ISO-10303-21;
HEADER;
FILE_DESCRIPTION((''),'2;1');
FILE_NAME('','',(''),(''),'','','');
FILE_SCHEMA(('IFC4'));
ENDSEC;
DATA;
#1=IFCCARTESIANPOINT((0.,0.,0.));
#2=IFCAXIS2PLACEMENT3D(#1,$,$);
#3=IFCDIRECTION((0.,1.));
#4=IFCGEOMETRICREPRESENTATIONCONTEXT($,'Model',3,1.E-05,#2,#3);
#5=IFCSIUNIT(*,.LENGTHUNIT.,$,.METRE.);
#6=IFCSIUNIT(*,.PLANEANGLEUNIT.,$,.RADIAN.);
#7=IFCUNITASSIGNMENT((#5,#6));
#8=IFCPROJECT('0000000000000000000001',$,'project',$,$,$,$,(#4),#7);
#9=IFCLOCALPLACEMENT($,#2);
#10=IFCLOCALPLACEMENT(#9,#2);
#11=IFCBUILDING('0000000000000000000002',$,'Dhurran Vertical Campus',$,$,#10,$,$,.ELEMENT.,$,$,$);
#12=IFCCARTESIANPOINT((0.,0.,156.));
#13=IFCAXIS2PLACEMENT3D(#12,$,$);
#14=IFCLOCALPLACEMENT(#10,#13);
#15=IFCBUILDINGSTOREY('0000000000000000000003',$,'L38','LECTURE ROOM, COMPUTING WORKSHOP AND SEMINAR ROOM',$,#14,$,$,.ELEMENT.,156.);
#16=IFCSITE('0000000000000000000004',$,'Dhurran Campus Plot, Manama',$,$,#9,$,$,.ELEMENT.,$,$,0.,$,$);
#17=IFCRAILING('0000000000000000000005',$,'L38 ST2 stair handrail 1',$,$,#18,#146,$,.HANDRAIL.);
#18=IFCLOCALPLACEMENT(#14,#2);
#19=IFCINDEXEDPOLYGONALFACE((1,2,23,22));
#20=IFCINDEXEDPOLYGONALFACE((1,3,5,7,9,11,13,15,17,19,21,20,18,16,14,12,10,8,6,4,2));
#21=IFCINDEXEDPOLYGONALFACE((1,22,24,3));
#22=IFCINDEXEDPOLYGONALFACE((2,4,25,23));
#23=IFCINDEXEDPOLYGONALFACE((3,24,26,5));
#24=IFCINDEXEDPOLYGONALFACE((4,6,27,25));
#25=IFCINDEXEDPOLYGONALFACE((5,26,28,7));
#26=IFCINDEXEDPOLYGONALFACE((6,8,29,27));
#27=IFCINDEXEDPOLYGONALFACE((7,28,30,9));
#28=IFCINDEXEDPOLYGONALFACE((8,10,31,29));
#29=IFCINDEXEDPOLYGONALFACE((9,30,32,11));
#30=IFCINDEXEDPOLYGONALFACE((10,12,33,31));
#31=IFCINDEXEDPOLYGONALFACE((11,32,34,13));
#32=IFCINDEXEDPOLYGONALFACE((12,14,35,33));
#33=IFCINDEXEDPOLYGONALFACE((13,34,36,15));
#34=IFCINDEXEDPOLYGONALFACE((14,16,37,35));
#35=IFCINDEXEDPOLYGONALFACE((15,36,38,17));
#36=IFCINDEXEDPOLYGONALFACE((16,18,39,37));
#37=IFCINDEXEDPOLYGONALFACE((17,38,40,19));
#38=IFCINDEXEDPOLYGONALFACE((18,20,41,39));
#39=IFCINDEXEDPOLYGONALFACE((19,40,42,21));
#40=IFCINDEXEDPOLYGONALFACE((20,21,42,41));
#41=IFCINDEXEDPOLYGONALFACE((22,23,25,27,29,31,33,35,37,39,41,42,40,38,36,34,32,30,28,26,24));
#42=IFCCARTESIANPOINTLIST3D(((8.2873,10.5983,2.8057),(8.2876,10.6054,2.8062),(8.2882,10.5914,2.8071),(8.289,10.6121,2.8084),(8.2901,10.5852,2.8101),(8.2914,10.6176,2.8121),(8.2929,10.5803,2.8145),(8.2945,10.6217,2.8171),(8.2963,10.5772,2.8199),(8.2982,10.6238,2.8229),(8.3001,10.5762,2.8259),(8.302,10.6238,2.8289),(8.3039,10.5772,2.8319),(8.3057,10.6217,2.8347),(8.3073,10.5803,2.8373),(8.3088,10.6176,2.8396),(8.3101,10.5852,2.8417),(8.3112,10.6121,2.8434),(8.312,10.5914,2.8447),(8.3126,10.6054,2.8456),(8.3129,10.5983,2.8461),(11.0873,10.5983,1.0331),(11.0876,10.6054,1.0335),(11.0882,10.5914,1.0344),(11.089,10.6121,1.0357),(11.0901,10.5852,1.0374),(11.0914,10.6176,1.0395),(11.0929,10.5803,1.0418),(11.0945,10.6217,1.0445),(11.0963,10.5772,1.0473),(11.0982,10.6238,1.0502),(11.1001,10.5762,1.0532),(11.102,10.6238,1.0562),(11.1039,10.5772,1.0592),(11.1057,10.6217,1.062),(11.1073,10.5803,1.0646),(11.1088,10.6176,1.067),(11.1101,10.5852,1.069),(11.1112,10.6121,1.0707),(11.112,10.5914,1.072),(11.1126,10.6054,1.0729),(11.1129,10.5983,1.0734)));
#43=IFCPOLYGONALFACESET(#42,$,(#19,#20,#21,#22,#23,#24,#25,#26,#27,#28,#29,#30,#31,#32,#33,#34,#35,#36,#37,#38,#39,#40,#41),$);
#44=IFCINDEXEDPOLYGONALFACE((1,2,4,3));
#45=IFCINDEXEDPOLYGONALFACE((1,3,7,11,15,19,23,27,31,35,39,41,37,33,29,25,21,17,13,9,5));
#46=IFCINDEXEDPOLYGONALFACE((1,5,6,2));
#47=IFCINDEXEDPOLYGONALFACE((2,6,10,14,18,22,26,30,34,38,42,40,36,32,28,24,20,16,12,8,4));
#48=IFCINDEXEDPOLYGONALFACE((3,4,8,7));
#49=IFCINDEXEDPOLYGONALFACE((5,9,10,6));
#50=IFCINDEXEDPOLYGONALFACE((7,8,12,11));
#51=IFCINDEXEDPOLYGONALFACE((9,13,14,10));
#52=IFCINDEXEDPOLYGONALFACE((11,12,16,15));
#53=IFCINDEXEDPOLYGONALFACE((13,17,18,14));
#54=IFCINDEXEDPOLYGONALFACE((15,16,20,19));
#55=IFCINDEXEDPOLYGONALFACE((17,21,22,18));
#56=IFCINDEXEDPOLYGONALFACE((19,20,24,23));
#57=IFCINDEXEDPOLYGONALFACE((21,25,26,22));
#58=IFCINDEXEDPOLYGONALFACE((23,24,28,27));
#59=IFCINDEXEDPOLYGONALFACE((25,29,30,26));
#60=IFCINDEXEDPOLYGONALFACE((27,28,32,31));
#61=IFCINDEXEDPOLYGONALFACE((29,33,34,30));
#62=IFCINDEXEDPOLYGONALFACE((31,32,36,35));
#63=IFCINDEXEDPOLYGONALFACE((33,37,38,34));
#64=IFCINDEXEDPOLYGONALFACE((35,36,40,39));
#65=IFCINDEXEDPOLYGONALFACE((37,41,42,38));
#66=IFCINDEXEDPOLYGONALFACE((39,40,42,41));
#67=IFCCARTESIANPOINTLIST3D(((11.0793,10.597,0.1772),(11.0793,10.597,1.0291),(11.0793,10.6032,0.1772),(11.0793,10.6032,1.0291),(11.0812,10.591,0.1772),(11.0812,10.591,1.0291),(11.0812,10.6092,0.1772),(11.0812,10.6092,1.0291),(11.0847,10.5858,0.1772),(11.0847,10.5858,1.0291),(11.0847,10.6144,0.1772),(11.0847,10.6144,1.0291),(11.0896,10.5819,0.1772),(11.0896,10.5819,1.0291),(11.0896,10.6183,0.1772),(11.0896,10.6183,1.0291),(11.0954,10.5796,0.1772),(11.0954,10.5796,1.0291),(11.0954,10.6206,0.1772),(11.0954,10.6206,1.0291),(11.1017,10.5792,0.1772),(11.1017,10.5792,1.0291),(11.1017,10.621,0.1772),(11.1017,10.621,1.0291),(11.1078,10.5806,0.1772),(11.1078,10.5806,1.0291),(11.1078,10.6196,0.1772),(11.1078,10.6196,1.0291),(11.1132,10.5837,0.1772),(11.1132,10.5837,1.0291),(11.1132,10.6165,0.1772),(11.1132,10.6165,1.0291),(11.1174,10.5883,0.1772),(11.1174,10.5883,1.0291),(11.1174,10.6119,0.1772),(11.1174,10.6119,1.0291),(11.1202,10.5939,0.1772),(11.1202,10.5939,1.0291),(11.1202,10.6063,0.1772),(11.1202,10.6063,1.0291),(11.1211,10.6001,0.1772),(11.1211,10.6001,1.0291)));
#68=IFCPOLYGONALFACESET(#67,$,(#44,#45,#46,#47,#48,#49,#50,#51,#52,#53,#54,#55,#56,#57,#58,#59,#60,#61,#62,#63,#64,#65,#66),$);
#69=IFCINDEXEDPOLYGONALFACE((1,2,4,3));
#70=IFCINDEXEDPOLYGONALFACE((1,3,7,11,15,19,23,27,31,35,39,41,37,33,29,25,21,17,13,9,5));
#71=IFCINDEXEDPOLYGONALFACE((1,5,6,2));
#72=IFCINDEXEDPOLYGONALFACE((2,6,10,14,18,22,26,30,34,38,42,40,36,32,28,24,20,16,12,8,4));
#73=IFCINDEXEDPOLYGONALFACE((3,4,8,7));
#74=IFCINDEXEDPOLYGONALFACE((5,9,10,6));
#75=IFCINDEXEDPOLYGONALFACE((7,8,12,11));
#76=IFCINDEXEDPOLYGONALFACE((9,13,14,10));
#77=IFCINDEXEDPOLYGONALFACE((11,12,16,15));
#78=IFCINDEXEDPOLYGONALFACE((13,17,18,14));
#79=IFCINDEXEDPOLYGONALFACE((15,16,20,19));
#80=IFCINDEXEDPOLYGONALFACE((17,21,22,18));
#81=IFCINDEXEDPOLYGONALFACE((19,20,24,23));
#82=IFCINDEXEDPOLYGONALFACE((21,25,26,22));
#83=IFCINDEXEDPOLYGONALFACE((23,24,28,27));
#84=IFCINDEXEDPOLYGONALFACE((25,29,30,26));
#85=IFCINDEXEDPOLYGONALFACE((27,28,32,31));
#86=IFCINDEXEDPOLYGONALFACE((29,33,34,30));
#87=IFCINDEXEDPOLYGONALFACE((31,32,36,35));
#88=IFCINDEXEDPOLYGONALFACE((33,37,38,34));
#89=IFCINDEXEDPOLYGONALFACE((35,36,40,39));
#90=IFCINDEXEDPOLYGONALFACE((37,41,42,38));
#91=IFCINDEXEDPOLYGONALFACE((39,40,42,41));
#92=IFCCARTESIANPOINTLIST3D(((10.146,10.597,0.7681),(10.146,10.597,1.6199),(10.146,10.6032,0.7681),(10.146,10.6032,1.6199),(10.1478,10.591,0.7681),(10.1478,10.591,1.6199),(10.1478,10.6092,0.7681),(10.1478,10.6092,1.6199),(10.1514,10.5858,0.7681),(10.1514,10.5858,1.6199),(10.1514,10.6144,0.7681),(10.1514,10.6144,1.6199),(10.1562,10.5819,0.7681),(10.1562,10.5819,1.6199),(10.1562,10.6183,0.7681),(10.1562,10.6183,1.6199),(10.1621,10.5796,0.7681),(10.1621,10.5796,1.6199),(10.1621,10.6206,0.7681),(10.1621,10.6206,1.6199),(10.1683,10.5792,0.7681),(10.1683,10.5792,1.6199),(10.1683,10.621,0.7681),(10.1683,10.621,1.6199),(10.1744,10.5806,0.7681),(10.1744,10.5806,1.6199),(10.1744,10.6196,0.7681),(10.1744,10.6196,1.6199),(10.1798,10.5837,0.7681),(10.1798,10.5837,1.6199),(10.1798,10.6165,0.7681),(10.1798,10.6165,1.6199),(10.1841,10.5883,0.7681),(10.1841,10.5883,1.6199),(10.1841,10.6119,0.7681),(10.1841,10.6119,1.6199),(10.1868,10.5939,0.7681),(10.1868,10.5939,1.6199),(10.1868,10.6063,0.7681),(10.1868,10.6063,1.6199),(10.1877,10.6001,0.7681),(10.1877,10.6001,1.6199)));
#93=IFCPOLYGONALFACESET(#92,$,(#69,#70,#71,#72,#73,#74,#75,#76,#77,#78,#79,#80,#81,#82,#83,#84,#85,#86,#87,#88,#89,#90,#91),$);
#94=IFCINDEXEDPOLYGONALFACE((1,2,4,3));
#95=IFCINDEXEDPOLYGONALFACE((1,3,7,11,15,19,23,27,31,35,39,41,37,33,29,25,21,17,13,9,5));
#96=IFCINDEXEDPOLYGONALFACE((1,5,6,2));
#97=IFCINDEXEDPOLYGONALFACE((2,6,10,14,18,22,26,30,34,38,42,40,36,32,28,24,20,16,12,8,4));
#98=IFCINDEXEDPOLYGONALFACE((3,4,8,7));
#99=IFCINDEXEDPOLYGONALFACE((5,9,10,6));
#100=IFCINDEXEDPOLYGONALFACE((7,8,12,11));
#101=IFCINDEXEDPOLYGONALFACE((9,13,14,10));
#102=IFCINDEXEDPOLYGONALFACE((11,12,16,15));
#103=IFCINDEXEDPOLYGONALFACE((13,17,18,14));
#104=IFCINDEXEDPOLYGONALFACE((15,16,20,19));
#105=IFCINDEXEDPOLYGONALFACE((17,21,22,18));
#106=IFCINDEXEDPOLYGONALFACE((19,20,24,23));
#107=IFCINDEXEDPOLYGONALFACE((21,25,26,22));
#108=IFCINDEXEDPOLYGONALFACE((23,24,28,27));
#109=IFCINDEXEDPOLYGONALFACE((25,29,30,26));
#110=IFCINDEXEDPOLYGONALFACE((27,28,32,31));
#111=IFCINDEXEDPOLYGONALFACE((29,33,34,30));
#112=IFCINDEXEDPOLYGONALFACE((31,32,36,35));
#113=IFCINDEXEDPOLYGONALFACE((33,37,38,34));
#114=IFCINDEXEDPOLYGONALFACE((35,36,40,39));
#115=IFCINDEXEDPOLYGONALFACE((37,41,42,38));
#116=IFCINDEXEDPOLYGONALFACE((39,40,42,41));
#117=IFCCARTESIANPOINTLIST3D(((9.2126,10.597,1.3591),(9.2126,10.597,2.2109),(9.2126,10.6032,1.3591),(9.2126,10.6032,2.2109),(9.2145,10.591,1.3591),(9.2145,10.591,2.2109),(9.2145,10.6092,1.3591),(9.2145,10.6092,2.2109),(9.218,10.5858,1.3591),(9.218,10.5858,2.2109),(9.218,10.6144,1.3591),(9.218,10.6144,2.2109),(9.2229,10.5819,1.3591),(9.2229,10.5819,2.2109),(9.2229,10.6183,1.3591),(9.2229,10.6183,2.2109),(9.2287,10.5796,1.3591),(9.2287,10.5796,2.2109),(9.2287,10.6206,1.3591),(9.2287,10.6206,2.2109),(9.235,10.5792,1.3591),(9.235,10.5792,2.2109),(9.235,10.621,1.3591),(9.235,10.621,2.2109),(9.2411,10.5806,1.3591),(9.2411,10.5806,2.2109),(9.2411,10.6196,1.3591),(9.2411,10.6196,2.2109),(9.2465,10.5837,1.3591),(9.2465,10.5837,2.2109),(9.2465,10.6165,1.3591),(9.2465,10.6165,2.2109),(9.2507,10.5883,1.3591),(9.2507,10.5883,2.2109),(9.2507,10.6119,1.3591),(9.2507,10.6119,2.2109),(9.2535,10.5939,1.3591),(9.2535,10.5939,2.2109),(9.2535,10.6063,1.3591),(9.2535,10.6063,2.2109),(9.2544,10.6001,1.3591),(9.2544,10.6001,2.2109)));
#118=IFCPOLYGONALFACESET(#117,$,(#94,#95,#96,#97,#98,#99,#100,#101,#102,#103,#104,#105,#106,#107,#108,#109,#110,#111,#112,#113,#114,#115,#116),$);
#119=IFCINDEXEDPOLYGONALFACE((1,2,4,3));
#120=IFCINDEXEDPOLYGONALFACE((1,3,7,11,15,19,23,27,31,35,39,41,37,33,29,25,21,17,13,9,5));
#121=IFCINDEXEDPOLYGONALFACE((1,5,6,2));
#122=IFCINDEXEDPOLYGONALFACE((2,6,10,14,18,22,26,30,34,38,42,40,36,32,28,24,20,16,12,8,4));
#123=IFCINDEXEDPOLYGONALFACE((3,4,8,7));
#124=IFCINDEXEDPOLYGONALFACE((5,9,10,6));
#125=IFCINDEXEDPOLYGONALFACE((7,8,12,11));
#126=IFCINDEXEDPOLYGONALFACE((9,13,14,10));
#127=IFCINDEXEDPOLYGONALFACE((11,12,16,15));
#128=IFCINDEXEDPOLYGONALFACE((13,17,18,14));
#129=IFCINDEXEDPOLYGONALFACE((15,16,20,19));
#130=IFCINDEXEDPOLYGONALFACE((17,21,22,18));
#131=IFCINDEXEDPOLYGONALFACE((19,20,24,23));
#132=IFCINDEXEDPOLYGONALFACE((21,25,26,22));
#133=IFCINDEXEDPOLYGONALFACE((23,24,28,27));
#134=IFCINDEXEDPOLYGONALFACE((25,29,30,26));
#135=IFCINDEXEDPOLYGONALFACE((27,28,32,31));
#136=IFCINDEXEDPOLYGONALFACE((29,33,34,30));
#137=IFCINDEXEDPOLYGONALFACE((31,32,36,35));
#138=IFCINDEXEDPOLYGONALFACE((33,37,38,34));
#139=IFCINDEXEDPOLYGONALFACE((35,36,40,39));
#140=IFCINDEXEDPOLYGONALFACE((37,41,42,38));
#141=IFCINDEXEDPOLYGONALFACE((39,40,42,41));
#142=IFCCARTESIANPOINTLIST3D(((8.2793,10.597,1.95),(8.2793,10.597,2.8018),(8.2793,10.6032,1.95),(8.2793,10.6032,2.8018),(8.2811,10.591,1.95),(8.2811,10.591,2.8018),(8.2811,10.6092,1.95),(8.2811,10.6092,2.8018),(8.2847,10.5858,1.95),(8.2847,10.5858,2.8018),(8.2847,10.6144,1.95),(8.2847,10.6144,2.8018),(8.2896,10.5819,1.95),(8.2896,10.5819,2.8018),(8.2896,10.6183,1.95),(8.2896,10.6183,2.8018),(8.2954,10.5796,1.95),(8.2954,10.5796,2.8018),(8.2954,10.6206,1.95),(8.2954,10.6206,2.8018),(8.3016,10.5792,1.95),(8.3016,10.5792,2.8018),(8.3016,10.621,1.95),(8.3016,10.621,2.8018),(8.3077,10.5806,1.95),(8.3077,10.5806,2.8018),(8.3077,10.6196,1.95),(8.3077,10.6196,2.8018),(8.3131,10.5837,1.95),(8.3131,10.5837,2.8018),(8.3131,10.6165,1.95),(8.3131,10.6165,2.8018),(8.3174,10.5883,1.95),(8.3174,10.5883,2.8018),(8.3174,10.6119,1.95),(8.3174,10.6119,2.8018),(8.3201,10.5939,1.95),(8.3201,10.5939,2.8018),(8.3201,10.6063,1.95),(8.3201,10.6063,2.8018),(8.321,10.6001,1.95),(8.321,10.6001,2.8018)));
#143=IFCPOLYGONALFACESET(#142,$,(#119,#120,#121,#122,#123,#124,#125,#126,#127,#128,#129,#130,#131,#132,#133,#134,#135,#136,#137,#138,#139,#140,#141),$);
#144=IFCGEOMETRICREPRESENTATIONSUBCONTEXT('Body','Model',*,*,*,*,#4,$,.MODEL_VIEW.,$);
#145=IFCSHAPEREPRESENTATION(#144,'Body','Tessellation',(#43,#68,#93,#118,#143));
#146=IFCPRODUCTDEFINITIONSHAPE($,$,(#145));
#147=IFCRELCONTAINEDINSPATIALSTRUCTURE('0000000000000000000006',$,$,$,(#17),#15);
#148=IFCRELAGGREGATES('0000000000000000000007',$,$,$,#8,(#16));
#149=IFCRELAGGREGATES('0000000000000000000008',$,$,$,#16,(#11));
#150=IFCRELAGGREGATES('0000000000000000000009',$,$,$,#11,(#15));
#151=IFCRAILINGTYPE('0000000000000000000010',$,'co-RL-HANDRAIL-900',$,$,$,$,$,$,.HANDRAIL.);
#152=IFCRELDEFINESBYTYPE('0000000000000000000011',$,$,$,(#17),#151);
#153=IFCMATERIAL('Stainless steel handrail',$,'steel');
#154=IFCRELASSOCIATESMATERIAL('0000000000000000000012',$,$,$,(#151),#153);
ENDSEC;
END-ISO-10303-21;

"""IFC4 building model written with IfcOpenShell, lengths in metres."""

from ifc_helpers import new_model, si_unit, direction, frame, origin, origin_2d, place, context, subcontext, project, spatial, circle, extrude, material, type_object, element, save


model = new_model("IFC4")

# Units and contexts
model_context = context("Model", 3, precision=1e-05, world=origin(), true_north=direction((0.0, 1.0)))
body_context = subcontext(model_context, "Body", "Model", "MODEL_VIEW")
ifc_project = project(units=[si_unit("LENGTHUNIT", "METRE"), si_unit("PLANEANGLEUNIT", "RADIAN")], contexts=[model_context])

# Site, building, storey
site_placement = place(None, origin())
site = spatial("IfcSite", under=ifc_project, at=site_placement, Name="Dhurran Campus Plot, Manama", CompositionType="ELEMENT", RefElevation=0.0)
building_placement = place(site_placement, origin())
building = spatial("IfcBuilding", under=site, at=building_placement, Name="Dhurran Vertical Campus", CompositionType="ELEMENT")
storey_placement = place(building_placement, frame((0.0, 0.0, 156.0)))
storey = spatial("IfcBuildingStorey", under=building, at=storey_placement, Name="L38", Description="LECTURE ROOM, COMPUTING WORKSHOP AND SEMINAR ROOM", CompositionType="ELEMENT", Elevation=156.0)

# Railing
ifc_material_1 = material(Name="Stainless steel handrail", Category="steel")
railing_type_1 = type_object("IfcRailingType", Name="co-RL-HANDRAIL-900", PredefinedType="HANDRAIL", material=ifc_material_1)
railing_1_placement = place(storey_placement, frame((11.1001, 10.6001, 0.1772)))
element("IfcRailing", 1, at=railing_1_placement, inside=storey, type_object=railing_type_1, Name="L38 ST2 stair handrail 1", PredefinedType="HANDRAIL", context=body_context, shape_type="SweptSolid", body=[
    extrude(circle(Radius=0.0239, at=origin_2d()), frame((0.0, 0.0, 0.876), z_axis=(-0.844909, 0.0, 0.53491), x_axis=(0.0, -1.0, 0.0)), (0.0, 0.0, 1.0), 3.314),
    extrude(circle(Radius=0.021, at=origin_2d()), origin(), (0.0, 0.0, 1.0), 0.8518),
    extrude(circle(Radius=0.021, at=origin_2d()), frame((-0.9333, 0.0, 0.5908)), (0.0, 0.0, 1.0), 0.8518),
    extrude(circle(Radius=0.021, at=origin_2d()), frame((-1.8667, 0.0, 1.1819)), (0.0, 0.0, 1.0), 0.8518),
    extrude(circle(Radius=0.021, at=origin_2d()), frame((-2.8, 0.0, 1.7727)), (0.0, 0.0, 1.0), 0.8518),
])

save(model, "model.ifc")
